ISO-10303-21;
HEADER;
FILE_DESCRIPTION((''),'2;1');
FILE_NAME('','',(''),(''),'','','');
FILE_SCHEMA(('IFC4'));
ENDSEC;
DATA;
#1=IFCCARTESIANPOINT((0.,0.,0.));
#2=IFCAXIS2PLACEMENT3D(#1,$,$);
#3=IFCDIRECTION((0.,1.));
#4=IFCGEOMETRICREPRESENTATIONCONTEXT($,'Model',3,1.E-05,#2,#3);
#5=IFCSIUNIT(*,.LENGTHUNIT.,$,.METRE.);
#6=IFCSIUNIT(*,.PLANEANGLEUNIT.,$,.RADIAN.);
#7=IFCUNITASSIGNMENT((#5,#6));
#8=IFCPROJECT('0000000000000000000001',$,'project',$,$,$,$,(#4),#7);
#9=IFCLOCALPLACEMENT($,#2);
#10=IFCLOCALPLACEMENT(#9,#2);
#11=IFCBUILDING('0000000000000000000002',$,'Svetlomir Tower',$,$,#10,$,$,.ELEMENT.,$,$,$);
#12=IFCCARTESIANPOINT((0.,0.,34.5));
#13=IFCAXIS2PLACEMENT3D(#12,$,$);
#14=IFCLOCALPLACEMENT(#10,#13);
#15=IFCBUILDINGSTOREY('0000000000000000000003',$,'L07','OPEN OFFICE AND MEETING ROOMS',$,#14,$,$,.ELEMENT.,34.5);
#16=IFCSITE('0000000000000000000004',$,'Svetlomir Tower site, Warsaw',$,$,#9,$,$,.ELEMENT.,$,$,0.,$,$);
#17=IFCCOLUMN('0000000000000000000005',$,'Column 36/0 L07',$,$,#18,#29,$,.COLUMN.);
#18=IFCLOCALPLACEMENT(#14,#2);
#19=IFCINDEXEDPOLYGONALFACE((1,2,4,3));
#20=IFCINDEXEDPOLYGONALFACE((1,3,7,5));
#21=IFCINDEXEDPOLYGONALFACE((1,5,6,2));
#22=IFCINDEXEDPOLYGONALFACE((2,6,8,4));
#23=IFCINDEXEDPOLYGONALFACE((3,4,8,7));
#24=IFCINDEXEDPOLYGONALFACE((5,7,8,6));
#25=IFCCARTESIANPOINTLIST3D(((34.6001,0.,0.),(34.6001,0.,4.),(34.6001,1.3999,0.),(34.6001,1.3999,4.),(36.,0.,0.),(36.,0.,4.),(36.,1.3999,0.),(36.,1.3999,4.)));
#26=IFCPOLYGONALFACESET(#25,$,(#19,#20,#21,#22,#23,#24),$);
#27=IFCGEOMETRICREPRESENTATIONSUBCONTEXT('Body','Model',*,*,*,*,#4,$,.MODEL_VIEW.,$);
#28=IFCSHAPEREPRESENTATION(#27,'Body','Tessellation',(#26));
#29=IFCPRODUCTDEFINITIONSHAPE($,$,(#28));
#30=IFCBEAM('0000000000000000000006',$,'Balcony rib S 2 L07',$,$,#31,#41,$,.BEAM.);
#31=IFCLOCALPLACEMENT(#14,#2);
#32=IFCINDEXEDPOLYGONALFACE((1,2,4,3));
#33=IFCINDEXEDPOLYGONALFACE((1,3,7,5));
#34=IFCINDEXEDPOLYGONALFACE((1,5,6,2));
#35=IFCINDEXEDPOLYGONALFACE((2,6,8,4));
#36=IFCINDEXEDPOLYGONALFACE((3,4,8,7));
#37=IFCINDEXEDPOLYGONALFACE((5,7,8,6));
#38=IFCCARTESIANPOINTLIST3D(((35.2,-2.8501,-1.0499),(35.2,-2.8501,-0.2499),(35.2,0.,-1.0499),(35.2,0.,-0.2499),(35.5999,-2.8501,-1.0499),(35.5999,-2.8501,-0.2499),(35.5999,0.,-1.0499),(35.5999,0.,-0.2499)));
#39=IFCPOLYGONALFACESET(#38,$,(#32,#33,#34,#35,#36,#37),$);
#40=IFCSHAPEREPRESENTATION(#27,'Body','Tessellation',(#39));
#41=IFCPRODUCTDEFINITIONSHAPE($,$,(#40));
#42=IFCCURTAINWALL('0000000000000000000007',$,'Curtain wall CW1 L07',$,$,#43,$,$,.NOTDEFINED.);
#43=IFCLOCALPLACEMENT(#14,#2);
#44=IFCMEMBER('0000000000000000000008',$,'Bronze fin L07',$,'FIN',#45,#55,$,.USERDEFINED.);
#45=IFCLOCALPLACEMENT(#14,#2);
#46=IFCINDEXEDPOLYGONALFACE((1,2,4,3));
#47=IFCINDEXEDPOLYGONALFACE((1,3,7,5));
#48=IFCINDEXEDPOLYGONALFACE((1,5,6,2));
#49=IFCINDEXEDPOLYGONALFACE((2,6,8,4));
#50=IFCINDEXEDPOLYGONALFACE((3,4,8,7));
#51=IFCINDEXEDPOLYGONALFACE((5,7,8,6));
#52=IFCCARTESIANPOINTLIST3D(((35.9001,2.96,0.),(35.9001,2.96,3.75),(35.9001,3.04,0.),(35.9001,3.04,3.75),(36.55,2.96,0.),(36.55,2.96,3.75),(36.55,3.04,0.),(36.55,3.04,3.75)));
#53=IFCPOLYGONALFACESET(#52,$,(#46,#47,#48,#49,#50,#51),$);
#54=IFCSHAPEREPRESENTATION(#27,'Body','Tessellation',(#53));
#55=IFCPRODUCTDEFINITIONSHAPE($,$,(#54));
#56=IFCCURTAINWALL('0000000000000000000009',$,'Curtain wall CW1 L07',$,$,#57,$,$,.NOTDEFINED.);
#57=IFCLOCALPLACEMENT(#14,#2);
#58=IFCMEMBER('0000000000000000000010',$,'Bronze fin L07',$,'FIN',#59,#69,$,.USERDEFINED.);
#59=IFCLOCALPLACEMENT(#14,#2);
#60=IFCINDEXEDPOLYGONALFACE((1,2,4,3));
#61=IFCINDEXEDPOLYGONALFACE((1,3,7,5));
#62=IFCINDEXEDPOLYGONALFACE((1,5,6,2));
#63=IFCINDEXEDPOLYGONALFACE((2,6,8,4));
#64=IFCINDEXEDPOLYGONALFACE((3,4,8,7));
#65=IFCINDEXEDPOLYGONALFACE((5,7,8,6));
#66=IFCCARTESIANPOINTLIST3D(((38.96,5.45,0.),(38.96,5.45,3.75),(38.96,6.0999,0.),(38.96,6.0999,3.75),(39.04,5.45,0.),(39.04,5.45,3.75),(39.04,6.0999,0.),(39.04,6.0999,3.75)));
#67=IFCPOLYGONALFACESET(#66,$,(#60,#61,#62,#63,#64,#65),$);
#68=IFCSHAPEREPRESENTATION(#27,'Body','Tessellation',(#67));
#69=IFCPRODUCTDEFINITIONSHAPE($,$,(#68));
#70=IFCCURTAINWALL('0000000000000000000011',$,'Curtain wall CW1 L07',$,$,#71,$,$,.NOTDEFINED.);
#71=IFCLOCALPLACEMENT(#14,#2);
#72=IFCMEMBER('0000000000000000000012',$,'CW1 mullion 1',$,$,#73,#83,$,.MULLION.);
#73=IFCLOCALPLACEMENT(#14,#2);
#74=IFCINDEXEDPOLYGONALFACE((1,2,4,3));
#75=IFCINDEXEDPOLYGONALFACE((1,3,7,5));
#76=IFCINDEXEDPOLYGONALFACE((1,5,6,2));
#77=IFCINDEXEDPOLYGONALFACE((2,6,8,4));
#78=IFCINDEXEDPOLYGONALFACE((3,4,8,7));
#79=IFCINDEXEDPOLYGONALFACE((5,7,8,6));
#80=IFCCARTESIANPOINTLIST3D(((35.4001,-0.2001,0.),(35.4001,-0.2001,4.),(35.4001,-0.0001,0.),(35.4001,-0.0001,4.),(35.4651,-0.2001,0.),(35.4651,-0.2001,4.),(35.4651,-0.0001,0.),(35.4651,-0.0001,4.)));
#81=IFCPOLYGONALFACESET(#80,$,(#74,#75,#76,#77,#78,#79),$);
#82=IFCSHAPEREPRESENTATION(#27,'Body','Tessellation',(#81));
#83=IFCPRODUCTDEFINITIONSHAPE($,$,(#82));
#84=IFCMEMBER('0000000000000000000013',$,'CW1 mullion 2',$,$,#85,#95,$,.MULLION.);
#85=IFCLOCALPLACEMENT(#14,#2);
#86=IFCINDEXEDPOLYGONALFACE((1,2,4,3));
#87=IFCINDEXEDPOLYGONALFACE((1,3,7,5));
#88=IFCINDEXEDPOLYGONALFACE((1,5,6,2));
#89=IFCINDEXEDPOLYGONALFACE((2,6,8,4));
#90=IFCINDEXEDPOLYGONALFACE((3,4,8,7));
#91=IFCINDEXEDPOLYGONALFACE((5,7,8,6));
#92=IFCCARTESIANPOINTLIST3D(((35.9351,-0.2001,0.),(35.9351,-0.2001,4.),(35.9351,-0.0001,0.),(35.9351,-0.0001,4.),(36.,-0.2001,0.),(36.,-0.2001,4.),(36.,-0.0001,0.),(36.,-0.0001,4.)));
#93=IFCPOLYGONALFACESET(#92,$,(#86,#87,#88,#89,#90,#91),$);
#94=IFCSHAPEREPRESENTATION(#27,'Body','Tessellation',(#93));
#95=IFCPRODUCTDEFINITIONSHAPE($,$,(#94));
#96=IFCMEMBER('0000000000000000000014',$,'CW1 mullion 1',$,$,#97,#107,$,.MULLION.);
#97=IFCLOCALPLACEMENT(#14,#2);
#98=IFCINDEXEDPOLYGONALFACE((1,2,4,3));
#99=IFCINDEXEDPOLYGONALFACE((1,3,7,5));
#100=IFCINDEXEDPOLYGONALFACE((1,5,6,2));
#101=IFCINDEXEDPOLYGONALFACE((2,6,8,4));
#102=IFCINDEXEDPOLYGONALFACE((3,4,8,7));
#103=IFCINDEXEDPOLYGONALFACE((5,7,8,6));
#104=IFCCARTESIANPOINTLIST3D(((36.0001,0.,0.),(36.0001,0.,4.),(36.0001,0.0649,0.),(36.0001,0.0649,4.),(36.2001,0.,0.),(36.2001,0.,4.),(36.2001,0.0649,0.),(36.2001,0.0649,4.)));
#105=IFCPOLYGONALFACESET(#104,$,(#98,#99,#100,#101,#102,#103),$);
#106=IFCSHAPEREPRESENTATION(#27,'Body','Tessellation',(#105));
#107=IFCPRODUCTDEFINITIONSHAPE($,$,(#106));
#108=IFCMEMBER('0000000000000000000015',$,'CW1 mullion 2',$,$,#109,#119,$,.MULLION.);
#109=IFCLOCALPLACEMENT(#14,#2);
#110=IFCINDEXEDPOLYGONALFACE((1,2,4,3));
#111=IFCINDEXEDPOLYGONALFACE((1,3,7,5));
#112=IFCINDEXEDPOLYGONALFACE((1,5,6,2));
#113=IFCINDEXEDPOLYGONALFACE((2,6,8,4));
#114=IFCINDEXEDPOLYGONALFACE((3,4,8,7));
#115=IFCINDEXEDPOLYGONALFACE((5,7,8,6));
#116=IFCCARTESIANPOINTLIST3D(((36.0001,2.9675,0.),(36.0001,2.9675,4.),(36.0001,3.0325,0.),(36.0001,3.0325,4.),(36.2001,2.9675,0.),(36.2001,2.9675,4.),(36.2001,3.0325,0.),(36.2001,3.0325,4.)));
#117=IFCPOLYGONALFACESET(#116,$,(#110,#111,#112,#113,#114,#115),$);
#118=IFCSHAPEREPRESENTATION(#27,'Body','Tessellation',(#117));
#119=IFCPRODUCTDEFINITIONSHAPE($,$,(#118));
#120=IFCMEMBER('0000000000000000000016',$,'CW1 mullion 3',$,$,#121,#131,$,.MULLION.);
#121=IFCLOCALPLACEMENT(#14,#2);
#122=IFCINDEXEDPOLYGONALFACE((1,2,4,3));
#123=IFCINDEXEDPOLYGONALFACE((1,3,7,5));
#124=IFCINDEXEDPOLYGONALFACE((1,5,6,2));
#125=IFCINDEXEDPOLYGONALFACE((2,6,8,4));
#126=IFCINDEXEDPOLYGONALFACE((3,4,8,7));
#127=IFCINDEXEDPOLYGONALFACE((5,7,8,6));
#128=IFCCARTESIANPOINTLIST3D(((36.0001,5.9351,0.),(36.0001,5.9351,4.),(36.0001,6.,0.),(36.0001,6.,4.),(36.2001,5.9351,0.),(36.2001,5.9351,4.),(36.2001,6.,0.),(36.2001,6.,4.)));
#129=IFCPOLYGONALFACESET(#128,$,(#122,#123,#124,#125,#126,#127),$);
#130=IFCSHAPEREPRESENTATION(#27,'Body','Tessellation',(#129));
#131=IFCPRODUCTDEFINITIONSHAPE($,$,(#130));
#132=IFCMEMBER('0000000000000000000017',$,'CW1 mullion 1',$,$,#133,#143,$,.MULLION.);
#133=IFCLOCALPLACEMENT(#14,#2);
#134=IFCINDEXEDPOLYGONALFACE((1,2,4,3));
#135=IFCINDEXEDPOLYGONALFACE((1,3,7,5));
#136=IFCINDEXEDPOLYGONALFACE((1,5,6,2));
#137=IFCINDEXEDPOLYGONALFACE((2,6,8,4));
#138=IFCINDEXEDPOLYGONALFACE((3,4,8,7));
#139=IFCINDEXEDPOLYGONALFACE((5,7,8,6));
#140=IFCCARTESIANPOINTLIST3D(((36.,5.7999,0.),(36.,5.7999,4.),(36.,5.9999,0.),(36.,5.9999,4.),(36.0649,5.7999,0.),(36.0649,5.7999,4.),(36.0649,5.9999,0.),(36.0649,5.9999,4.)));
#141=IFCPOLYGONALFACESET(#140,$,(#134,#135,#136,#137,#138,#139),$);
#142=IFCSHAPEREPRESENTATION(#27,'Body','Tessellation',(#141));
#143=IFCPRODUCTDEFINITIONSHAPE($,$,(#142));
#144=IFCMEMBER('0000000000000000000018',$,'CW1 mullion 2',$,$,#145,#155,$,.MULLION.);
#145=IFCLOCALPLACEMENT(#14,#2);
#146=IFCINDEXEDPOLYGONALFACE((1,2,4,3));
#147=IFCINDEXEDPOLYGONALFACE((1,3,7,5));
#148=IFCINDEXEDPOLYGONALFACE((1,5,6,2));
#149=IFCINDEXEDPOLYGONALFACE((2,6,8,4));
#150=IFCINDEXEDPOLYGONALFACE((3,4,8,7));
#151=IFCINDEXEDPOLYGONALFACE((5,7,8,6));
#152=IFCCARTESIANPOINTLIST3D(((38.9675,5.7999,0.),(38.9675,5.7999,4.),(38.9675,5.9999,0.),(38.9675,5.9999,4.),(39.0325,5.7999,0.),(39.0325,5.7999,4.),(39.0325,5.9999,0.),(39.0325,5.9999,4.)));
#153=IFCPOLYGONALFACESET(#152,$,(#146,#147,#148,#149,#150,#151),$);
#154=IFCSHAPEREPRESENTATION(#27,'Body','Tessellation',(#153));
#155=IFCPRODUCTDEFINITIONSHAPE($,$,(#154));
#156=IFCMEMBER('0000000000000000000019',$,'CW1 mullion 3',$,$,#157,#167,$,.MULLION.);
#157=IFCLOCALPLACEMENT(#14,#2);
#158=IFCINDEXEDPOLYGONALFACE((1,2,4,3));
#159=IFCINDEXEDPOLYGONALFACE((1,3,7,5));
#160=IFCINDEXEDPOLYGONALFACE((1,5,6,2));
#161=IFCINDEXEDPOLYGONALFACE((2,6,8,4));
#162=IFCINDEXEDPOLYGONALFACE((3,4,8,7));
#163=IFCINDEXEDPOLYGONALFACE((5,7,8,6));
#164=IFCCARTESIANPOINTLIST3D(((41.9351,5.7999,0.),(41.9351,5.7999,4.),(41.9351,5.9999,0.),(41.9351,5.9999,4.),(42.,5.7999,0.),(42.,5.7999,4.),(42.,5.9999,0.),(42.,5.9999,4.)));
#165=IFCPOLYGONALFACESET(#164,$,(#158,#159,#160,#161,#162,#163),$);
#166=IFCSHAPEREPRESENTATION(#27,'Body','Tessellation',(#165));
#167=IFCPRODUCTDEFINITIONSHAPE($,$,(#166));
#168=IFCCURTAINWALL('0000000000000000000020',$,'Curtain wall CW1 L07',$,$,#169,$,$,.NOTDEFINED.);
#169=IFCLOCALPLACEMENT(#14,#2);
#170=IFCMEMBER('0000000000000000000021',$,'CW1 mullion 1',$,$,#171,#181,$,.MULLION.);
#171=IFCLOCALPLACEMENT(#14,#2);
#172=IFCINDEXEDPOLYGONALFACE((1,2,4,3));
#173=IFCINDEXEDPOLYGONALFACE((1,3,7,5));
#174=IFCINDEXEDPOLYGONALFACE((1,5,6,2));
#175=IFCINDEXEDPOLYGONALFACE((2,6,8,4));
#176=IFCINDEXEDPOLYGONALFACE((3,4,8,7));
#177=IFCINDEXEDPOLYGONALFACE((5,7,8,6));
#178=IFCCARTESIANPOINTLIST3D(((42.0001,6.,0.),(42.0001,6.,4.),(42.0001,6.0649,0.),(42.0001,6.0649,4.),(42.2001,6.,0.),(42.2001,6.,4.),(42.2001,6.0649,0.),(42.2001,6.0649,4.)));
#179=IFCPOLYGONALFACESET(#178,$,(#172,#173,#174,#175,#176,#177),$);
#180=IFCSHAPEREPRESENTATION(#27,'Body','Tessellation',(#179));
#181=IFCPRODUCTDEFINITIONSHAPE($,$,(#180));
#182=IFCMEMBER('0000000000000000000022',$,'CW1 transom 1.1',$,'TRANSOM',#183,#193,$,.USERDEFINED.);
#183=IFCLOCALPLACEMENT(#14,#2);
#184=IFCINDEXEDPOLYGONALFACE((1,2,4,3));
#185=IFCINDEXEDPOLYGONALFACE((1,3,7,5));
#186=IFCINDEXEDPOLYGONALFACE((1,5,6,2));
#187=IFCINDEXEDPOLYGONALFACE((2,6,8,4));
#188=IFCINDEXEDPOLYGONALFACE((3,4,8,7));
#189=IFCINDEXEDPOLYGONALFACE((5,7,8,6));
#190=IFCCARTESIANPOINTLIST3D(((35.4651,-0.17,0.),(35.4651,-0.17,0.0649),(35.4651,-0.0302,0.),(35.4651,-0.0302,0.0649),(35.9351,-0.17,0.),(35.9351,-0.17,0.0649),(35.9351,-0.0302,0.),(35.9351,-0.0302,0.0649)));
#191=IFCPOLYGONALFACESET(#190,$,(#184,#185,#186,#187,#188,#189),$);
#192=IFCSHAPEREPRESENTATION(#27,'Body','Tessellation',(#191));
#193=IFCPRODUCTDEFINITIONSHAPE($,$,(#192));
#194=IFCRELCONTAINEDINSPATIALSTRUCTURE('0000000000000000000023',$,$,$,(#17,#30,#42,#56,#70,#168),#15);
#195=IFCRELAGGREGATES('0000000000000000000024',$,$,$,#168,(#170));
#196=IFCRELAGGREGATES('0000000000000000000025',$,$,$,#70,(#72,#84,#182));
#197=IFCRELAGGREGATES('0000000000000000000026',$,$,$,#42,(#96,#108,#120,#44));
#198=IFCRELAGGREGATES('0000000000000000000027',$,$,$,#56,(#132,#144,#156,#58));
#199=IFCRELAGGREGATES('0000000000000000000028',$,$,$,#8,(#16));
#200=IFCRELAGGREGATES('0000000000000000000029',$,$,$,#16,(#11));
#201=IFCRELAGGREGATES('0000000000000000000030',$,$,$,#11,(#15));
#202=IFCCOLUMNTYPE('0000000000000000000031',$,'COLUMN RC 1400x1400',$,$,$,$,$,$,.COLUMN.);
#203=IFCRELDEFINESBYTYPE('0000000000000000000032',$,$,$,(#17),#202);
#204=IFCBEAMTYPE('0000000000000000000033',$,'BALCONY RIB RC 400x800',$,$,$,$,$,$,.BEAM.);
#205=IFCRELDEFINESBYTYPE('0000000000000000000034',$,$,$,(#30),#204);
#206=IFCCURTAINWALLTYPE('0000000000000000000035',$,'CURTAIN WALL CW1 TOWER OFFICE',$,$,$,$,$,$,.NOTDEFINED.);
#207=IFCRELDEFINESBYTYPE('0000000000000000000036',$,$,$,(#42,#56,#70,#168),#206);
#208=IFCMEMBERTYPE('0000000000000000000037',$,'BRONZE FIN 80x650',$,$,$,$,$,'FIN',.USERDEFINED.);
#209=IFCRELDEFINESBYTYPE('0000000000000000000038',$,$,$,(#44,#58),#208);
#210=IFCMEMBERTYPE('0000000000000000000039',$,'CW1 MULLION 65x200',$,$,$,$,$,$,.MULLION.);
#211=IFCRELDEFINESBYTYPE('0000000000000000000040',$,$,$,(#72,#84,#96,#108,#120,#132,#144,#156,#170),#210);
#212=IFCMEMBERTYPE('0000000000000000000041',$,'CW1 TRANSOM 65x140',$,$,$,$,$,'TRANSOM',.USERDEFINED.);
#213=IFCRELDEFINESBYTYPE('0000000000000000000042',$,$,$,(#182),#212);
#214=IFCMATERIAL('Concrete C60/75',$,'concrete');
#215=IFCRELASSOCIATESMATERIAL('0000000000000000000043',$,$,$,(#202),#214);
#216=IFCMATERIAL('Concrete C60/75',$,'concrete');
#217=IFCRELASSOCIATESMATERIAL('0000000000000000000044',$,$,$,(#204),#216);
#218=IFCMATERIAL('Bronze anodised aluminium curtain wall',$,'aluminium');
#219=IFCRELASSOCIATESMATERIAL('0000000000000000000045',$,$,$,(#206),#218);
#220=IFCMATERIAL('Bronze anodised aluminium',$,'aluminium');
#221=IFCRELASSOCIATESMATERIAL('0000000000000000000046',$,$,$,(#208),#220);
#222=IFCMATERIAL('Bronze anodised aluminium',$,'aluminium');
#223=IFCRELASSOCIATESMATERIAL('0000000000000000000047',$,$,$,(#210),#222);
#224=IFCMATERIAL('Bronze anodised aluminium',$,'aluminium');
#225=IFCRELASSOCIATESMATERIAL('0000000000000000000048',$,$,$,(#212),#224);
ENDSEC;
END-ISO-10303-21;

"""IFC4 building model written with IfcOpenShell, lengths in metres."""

from ifc_helpers import new_model, si_unit, direction, frame, origin, origin_2d, place, context, subcontext, project, spatial, rectangle, extrude, material, material_profile, profile_set, type_object, element, aggregate, save


model = new_model("IFC4")

# Units and contexts
model_context = context("Model", 3, precision=1e-05, world=origin(), true_north=direction((0.0, 1.0)))
body_context = subcontext(model_context, "Body", "Model", "MODEL_VIEW")
ifc_project = project(units=[si_unit("LENGTHUNIT", "METRE"), si_unit("PLANEANGLEUNIT", "RADIAN")], contexts=[model_context])

# Site, building, storey
site_placement = place(None, origin())
site = spatial("IfcSite", under=ifc_project, at=site_placement, Name="Svetlomir Tower site, Warsaw", CompositionType="ELEMENT", RefElevation=0.0)
building_placement = place(site_placement, origin())
building = spatial("IfcBuilding", under=site, at=building_placement, Name="Svetlomir Tower", CompositionType="ELEMENT")
storey_placement = place(building_placement, frame((0.0, 0.0, 34.5)))
storey = spatial("IfcBuildingStorey", under=building, at=storey_placement, Name="L07", Description="OPEN OFFICE AND MEETING ROOMS", CompositionType="ELEMENT", Elevation=34.5)

# Column
ifc_material_1 = material(Name="Concrete C60/75", Category="concrete")
ifc_material_profile_1 = material_profile(ifc_material_1, rectangle(XDim=1.3999, YDim=1.3999, at=origin_2d()), Name="RC 1400x1400")
ifc_profile_set_1 = profile_set([ifc_material_profile_1], Name="Concrete C60/75")
column_type = type_object("IfcColumnType", Name="COLUMN RC 1400x1400", PredefinedType="COLUMN", material=ifc_profile_set_1)
column_placement = place(storey_placement, frame((35.3, 0.7, 0.0), z_axis=(0.0, 0.0, 1.0), x_axis=(1.0, 0.0, 0.0)))
element("IfcColumn", 1, at=column_placement, inside=storey, type_object=column_type, Name="Column 36/0 L07", PredefinedType="COLUMN", context=body_context, shape_type="SweptSolid", body=[
    extrude(rectangle(XDim=1.3999, YDim=1.3999, at=origin_2d()), origin(), (0.0, 0.0, 1.0), 4.0),
])

# Beam
ifc_material_2 = material(Name="Concrete C60/75", Category="concrete")
ifc_material_profile_2 = material_profile(ifc_material_2, rectangle(XDim=0.3999, YDim=0.8, at=origin_2d()), Name="RC 400x800")
ifc_profile_set_2 = profile_set([ifc_material_profile_2], Name="Concrete C60/75")
beam_type_1 = type_object("IfcBeamType", Name="BALCONY RIB RC 400x800", PredefinedType="BEAM", material=ifc_profile_set_2)
beam_1_placement = place(storey_placement, frame((35.3999, 0.0, -0.6499), z_axis=(0.0, -1.0, 0.0), x_axis=(1.0, 0.0, 0.0)))
element("IfcBeam", 2, at=beam_1_placement, inside=storey, type_object=beam_type_1, Name="Balcony rib S 2 L07", PredefinedType="BEAM", context=body_context, shape_type="SweptSolid", body=[
    extrude(rectangle(XDim=0.3999, YDim=0.8, at=origin_2d()), origin(), (0.0, 0.0, 1.0), 2.8501),
])

# Curtain walls, members
ifc_material_3 = material(Name="Bronze anodised aluminium curtain wall", Category="aluminium")
curtain_wall_type = type_object("IfcCurtainWallType", Name="CURTAIN WALL CW1 TOWER OFFICE", PredefinedType="NOTDEFINED", material=ifc_material_3)
curtain_wall_1_placement = place(storey_placement, origin())
curtain_wall_1 = element("IfcCurtainWall", 3, at=curtain_wall_1_placement, inside=storey, type_object=curtain_wall_type, Name="Curtain wall CW1 L07", PredefinedType="NOTDEFINED")
ifc_material_4 = material(Name="Bronze anodised aluminium", Category="aluminium")
ifc_material_profile_3 = material_profile(ifc_material_4, rectangle(XDim=0.0801, YDim=0.6499, at=origin_2d()), Name="FIN 80x650")
ifc_profile_set_3 = profile_set([ifc_material_profile_3], Name="Bronze anodised aluminium 6063-T6")
member_type_1 = type_object("IfcMemberType", Name="BRONZE FIN 80x650", ElementType="FIN", PredefinedType="USERDEFINED", material=ifc_profile_set_3)
member_1_placement = place(storey_placement, frame((36.2251, 3.0, 0.0), z_axis=(0.0, 0.0, 1.0), x_axis=(0.0, 1.0, 0.0)))
member_1 = element("IfcMember", 4, at=member_1_placement, type_object=member_type_1, Name="Bronze fin L07", ObjectType="FIN", PredefinedType="USERDEFINED", context=body_context, shape_type="SweptSolid", body=[
    extrude(rectangle(XDim=0.0801, YDim=0.6499, at=origin_2d()), origin(), (0.0, 0.0, 1.0), 3.75),
])
curtain_wall_2_placement = place(storey_placement, origin())
curtain_wall_2 = element("IfcCurtainWall", 5, at=curtain_wall_2_placement, inside=storey, type_object=curtain_wall_type, Name="Curtain wall CW1 L07", PredefinedType="NOTDEFINED")
member_2_placement = place(storey_placement, frame((39.0, 5.7749, 0.0), z_axis=(0.0, 0.0, 1.0), x_axis=(1.0, 0.0, 0.0)))
member_2 = element("IfcMember", 6, at=member_2_placement, type_object=member_type_1, Name="Bronze fin L07", ObjectType="FIN", PredefinedType="USERDEFINED", context=body_context, shape_type="SweptSolid", body=[
    extrude(rectangle(XDim=0.0801, YDim=0.6499, at=origin_2d()), origin(), (0.0, 0.0, 1.0), 3.75),
])

# Curtain wall, members
curtain_wall_3_placement = place(storey_placement, origin())
curtain_wall_3 = element("IfcCurtainWall", 7, at=curtain_wall_3_placement, inside=storey, type_object=curtain_wall_type, Name="Curtain wall CW1 L07", PredefinedType="NOTDEFINED")
ifc_material_5 = material(Name="Bronze anodised aluminium", Category="aluminium")
ifc_material_profile_4 = material_profile(ifc_material_5, rectangle(XDim=0.0649, YDim=0.2, at=origin_2d()), Name="AL 65x200")
ifc_profile_set_4 = profile_set([ifc_material_profile_4], Name="Bronze anodised aluminium 6063-T6")
member_type_2 = type_object("IfcMemberType", Name="CW1 MULLION 65x200", PredefinedType="MULLION", material=ifc_profile_set_4)
member_3_placement = place(storey_placement, frame((35.4326, -0.1001, 0.0), z_axis=(0.0, 0.0, 1.0), x_axis=(1.0, 0.0, 0.0)))
member_3 = element("IfcMember", 8, at=member_3_placement, type_object=member_type_2, Name="CW1 mullion 1", PredefinedType="MULLION", context=body_context, shape_type="SweptSolid", body=[
    extrude(rectangle(XDim=0.0649, YDim=0.2, at=origin_2d()), origin(), (0.0, 0.0, 1.0), 4.0),
])
member_4_placement = place(storey_placement, frame((35.9675, -0.1001, 0.0), z_axis=(0.0, 0.0, 1.0), x_axis=(1.0, 0.0, 0.0)))
member_4 = element("IfcMember", 9, at=member_4_placement, type_object=member_type_2, Name="CW1 mullion 2", PredefinedType="MULLION", context=body_context, shape_type="SweptSolid", body=[
    extrude(rectangle(XDim=0.0649, YDim=0.2, at=origin_2d()), origin(), (0.0, 0.0, 1.0), 4.0),
])

# Members
member_5_placement = place(storey_placement, frame((36.1001, 0.0325, 0.0), z_axis=(0.0, 0.0, 1.0), x_axis=(0.0, 1.0, 0.0)))
member_5 = element("IfcMember", 10, at=member_5_placement, type_object=member_type_2, Name="CW1 mullion 1", PredefinedType="MULLION", context=body_context, shape_type="SweptSolid", body=[
    extrude(rectangle(XDim=0.0649, YDim=0.2, at=origin_2d()), origin(), (0.0, 0.0, 1.0), 4.0),
])
member_6_placement = place(storey_placement, frame((36.1001, 3.0, 0.0), z_axis=(0.0, 0.0, 1.0), x_axis=(0.0, 1.0, 0.0)))
member_6 = element("IfcMember", 11, at=member_6_placement, type_object=member_type_2, Name="CW1 mullion 2", PredefinedType="MULLION", context=body_context, shape_type="SweptSolid", body=[
    extrude(rectangle(XDim=0.0649, YDim=0.2, at=origin_2d()), origin(), (0.0, 0.0, 1.0), 4.0),
])
member_7_placement = place(storey_placement, frame((36.1001, 5.9675, 0.0), z_axis=(0.0, 0.0, 1.0), x_axis=(0.0, 1.0, 0.0)))
member_7 = element("IfcMember", 12, at=member_7_placement, type_object=member_type_2, Name="CW1 mullion 3", PredefinedType="MULLION", context=body_context, shape_type="SweptSolid", body=[
    extrude(rectangle(XDim=0.0649, YDim=0.2, at=origin_2d()), origin(), (0.0, 0.0, 1.0), 4.0),
])
member_8_placement = place(storey_placement, frame((36.0325, 5.8999, 0.0), z_axis=(0.0, 0.0, 1.0), x_axis=(1.0, 0.0, 0.0)))
member_8 = element("IfcMember", 13, at=member_8_placement, type_object=member_type_2, Name="CW1 mullion 1", PredefinedType="MULLION", context=body_context, shape_type="SweptSolid", body=[
    extrude(rectangle(XDim=0.0649, YDim=0.2, at=origin_2d()), origin(), (0.0, 0.0, 1.0), 4.0),
])
member_9_placement = place(storey_placement, frame((39.0, 5.8999, 0.0), z_axis=(0.0, 0.0, 1.0), x_axis=(1.0, 0.0, 0.0)))
member_9 = element("IfcMember", 14, at=member_9_placement, type_object=member_type_2, Name="CW1 mullion 2", PredefinedType="MULLION", context=body_context, shape_type="SweptSolid", body=[
    extrude(rectangle(XDim=0.0649, YDim=0.2, at=origin_2d()), origin(), (0.0, 0.0, 1.0), 4.0),
])
member_10_placement = place(storey_placement, frame((41.9675, 5.8999, 0.0), z_axis=(0.0, 0.0, 1.0), x_axis=(1.0, 0.0, 0.0)))
member_10 = element("IfcMember", 15, at=member_10_placement, type_object=member_type_2, Name="CW1 mullion 3", PredefinedType="MULLION", context=body_context, shape_type="SweptSolid", body=[
    extrude(rectangle(XDim=0.0649, YDim=0.2, at=origin_2d()), origin(), (0.0, 0.0, 1.0), 4.0),
])

# Curtain wall, member
curtain_wall_4_placement = place(storey_placement, origin())
curtain_wall_4 = element("IfcCurtainWall", 16, at=curtain_wall_4_placement, inside=storey, type_object=curtain_wall_type, Name="Curtain wall CW1 L07", PredefinedType="NOTDEFINED")
member_11_placement = place(storey_placement, frame((42.1001, 6.0325, 0.0), z_axis=(0.0, 0.0, 1.0), x_axis=(0.0, 1.0, 0.0)))
member_11 = element("IfcMember", 17, at=member_11_placement, type_object=member_type_2, Name="CW1 mullion 1", PredefinedType="MULLION", context=body_context, shape_type="SweptSolid", body=[
    extrude(rectangle(XDim=0.0649, YDim=0.2, at=origin_2d()), origin(), (0.0, 0.0, 1.0), 4.0),
])

# Member
ifc_material_6 = material(Name="Bronze anodised aluminium", Category="aluminium")
ifc_material_profile_5 = material_profile(ifc_material_6, rectangle(XDim=0.1399, YDim=0.0649, at=origin_2d()), Name="AL 140x65")
ifc_profile_set_5 = profile_set([ifc_material_profile_5], Name="Bronze anodised aluminium 6063-T6")
member_type_3 = type_object("IfcMemberType", Name="CW1 TRANSOM 65x140", ElementType="TRANSOM", PredefinedType="USERDEFINED", material=ifc_profile_set_5)
member_12_placement = place(storey_placement, frame((35.4651, -0.1001, 0.0325), z_axis=(1.0, 0.0, 0.0), x_axis=(0.0, 1.0, 0.0)))
member_12 = element("IfcMember", 18, at=member_12_placement, type_object=member_type_3, Name="CW1 transom 1.1", ObjectType="TRANSOM", PredefinedType="USERDEFINED", context=body_context, shape_type="SweptSolid", body=[
    extrude(rectangle(XDim=0.1399, YDim=0.0649, at=origin_2d()), origin(), (0.0, 0.0, 1.0), 0.47),
])
aggregate(curtain_wall_4, [member_11])

aggregate(curtain_wall_3, [member_3, member_4, member_12])
aggregate(curtain_wall_1, [member_5, member_6, member_7, member_1])
aggregate(curtain_wall_2, [member_8, member_9, member_10, member_2])

save(model, "model.ifc")
